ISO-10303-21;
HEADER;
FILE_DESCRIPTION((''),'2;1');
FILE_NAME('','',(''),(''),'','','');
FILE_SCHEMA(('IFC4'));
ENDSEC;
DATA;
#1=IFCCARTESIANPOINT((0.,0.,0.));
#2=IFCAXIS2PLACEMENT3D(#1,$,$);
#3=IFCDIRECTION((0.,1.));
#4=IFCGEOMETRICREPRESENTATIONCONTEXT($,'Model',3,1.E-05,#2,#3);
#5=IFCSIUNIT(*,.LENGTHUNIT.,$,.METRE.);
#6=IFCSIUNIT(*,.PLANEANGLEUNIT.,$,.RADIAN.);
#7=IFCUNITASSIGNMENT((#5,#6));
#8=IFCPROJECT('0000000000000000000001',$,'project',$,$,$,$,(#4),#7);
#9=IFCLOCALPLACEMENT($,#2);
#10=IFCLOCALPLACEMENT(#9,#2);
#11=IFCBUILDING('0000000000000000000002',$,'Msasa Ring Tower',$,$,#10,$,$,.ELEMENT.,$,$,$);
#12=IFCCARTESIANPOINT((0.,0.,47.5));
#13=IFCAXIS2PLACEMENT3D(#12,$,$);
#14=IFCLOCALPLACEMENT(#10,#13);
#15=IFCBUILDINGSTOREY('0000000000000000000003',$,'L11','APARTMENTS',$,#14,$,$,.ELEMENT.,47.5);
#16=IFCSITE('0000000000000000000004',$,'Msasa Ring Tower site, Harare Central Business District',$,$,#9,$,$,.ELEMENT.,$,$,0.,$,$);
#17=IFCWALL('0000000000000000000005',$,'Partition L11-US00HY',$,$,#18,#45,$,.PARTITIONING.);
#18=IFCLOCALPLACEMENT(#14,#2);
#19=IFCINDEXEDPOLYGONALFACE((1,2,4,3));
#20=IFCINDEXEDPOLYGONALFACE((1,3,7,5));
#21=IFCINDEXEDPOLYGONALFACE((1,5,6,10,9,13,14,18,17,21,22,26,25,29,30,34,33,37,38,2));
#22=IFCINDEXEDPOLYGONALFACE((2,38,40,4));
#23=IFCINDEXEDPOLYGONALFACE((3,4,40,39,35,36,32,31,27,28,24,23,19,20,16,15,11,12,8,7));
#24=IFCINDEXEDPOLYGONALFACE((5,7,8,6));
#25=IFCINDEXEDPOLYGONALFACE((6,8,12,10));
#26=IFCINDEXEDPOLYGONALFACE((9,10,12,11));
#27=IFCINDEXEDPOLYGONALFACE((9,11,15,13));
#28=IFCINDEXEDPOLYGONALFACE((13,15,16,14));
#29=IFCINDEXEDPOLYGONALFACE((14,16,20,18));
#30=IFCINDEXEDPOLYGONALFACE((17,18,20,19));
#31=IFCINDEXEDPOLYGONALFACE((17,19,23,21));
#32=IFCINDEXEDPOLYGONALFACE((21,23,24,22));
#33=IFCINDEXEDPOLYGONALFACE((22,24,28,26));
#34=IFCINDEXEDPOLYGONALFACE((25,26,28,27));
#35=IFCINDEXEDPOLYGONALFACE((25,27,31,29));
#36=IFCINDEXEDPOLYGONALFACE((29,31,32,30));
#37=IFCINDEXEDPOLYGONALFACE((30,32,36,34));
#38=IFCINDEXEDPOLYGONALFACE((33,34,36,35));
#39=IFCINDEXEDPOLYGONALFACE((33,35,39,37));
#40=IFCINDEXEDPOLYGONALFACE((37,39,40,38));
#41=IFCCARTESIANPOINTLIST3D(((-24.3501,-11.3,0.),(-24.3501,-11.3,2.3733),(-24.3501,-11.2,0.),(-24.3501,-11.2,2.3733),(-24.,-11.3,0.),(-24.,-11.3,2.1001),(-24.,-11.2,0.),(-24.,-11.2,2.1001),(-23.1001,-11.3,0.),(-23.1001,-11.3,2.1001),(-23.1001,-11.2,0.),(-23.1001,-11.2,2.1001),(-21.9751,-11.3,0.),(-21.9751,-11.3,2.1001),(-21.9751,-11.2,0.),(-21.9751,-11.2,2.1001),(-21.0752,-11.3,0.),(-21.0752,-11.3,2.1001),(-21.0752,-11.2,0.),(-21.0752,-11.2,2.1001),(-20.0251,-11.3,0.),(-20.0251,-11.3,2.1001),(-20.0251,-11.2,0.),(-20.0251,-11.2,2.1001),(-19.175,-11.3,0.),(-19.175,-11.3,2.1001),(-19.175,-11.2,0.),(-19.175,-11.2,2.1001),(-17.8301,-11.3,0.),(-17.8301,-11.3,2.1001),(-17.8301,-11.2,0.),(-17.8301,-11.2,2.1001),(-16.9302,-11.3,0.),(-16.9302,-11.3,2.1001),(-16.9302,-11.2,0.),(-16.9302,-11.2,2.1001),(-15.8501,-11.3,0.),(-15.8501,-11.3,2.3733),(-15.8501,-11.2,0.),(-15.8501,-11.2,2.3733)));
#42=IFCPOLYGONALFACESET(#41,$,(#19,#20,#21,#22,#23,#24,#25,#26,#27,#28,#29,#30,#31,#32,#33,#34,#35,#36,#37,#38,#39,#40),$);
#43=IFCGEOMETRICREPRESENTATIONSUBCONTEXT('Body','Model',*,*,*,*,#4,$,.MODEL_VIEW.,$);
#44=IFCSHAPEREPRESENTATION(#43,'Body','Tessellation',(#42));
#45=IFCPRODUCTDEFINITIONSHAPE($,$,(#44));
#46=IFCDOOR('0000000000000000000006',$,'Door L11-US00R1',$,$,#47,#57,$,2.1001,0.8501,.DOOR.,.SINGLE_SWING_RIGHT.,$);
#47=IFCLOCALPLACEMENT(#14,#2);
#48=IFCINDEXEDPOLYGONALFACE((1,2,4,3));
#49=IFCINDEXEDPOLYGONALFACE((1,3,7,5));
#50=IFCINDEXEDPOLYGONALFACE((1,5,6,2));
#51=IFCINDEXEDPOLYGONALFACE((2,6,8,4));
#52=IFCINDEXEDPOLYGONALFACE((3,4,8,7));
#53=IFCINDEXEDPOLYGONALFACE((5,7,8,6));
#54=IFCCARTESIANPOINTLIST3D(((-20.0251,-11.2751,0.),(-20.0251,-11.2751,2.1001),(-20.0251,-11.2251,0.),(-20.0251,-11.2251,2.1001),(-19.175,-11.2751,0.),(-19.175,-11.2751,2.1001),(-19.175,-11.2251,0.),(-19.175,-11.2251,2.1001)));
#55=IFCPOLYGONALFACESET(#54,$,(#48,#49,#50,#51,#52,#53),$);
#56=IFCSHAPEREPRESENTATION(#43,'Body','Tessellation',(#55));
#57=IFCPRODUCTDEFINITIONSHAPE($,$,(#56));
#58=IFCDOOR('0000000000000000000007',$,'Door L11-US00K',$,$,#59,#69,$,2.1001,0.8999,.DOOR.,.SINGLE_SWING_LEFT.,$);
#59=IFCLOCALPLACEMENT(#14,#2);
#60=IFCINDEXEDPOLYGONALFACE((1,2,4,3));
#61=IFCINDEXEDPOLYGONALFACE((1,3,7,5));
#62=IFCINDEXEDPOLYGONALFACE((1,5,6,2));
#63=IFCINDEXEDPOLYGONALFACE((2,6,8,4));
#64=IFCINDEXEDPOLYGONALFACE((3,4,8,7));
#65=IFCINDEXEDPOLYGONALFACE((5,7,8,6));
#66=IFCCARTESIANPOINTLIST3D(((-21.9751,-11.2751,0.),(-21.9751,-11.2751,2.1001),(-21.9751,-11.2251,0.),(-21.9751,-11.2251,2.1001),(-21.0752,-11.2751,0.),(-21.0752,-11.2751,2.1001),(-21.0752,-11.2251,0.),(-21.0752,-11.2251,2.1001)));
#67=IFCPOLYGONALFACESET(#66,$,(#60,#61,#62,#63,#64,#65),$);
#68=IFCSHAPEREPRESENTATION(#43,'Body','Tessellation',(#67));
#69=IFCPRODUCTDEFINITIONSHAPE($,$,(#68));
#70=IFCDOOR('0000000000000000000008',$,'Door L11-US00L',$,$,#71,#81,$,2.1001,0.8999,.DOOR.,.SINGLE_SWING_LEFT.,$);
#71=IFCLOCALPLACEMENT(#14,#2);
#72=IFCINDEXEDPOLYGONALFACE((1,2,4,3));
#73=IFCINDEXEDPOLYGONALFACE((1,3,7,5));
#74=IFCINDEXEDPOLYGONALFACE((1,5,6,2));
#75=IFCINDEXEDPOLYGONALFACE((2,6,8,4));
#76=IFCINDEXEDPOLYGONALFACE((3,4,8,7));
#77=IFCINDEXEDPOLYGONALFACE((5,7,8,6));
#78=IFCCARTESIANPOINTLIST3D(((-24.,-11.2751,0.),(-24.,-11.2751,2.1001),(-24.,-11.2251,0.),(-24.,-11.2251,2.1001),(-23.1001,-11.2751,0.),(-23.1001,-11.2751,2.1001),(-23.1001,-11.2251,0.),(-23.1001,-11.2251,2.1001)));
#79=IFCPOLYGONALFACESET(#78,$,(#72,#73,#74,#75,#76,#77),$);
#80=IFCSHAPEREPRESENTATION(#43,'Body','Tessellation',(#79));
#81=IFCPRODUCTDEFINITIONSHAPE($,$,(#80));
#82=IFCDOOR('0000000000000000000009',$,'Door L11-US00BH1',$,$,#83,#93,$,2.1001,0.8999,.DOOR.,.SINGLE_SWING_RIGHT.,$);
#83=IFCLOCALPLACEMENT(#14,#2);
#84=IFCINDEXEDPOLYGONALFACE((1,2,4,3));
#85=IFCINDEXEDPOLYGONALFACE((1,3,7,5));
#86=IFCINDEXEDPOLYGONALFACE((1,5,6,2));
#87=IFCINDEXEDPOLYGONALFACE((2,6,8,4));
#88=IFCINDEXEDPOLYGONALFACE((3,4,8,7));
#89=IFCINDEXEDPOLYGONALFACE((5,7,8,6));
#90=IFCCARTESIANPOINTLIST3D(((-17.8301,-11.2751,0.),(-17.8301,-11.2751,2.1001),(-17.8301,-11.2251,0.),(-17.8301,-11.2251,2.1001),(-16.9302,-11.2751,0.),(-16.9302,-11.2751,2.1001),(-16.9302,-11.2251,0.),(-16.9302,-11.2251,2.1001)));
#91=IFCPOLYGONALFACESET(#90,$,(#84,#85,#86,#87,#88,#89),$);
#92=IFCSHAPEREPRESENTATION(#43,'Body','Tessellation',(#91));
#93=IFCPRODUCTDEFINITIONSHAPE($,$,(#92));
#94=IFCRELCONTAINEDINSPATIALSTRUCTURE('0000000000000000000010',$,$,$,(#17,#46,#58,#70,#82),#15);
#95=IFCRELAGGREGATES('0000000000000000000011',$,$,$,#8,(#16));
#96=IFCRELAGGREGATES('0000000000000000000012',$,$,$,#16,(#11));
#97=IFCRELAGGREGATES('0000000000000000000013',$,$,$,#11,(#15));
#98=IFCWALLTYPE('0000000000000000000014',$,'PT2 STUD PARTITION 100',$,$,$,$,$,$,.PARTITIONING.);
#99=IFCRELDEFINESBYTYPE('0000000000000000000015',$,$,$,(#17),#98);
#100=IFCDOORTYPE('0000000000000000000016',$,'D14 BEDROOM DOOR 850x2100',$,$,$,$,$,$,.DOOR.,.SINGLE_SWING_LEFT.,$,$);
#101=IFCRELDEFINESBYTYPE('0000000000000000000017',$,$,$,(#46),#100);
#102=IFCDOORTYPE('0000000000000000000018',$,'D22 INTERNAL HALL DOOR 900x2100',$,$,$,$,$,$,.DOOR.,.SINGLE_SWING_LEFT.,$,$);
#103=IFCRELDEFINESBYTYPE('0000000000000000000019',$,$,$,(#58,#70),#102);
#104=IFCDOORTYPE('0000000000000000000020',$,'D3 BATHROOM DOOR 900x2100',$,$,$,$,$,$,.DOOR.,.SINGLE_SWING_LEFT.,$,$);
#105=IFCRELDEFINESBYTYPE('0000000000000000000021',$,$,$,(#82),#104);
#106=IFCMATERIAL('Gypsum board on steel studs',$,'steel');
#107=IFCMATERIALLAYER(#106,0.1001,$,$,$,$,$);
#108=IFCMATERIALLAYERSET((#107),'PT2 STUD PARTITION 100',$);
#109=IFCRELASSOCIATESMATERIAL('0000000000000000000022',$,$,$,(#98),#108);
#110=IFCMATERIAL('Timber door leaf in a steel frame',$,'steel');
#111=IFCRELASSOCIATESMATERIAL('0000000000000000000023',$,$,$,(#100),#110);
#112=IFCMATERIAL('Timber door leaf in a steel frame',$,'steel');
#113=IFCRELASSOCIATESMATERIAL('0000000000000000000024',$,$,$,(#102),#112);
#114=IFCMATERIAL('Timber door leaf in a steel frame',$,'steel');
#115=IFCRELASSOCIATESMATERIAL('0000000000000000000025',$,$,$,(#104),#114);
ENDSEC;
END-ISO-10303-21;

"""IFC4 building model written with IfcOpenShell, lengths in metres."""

from ifc_helpers import new_model, si_unit, direction, frame, frame_2d, origin, place, context, subcontext, project, spatial, rectangle, extrude, material, layer, layer_set, type_object, element, fill, save


model = new_model("IFC4")

# Units and contexts
model_context = context("Model", 3, precision=1e-05, world=origin(), true_north=direction((0.0, 1.0)))
body_context = subcontext(model_context, "Body", "Model", "MODEL_VIEW")
ifc_project = project(units=[si_unit("LENGTHUNIT", "METRE"), si_unit("PLANEANGLEUNIT", "RADIAN")], contexts=[model_context])

# Site, building, storey
site_placement = place(None, origin())
site = spatial("IfcSite", under=ifc_project, at=site_placement, Name="Msasa Ring Tower site, Harare Central Business District", CompositionType="ELEMENT", RefElevation=0.0)
building_placement = place(site_placement, origin())
building = spatial("IfcBuilding", under=site, at=building_placement, Name="Msasa Ring Tower", CompositionType="ELEMENT")
storey_placement = place(building_placement, frame((0.0, 0.0, 47.5)))
storey = spatial("IfcBuildingStorey", under=building, at=storey_placement, Name="L11", Description="APARTMENTS", CompositionType="ELEMENT", Elevation=47.5)

# Wall, openings, doors
ifc_material_1 = material(Name="Gypsum board on steel studs", Category="steel")
ifc_layer_1 = layer(ifc_material_1, 0.1001)
ifc_layer_set_1 = layer_set([ifc_layer_1], Name="PT2 STUD PARTITION 100")
wall_type_1 = type_object("IfcWallType", Name="PT2 STUD PARTITION 100", PredefinedType="PARTITIONING", material=ifc_layer_set_1)
wall_1_placement = place(storey_placement, frame((-24.3501, -11.25, 0.0), z_axis=(0.0, 0.0, 1.0), x_axis=(1.0, 0.0, 0.0)))
wall_1 = element("IfcWall", 1, at=wall_1_placement, inside=storey, type_object=wall_type_1, Name="Partition L11-US00HY", PredefinedType="PARTITIONING", context=body_context, shape_type="SweptSolid", body=[
    extrude(rectangle(XDim=8.5, YDim=0.1001, at=frame_2d((4.25, 0.0))), origin(), (0.0, 0.0, 1.0), 2.3733),
])
opening_1_placement = place(wall_1_placement, frame((2.375, 0.0, 0.0)))
opening_1 = element("IfcOpeningElement", 2, at=opening_1_placement, cuts=wall_1, PredefinedType="OPENING", context=body_context, shape_type="SweptSolid", body=[
    extrude(rectangle(XDim=0.8999, YDim=2.1001, at=frame_2d((0.45, 1.05))), frame((0.0, 0.0601, 0.0), z_axis=(0.0, -1.0, 0.0), x_axis=(1.0, 0.0, 0.0)), (0.0, 0.0, 1.0), 0.1201),
])
opening_2_placement = place(wall_1_placement, frame((0.3501, 0.0, 0.0)))
opening_2 = element("IfcOpeningElement", 3, at=opening_2_placement, cuts=wall_1, PredefinedType="OPENING", context=body_context, shape_type="SweptSolid", body=[
    extrude(rectangle(XDim=0.8999, YDim=2.1001, at=frame_2d((0.45, 1.05))), frame((0.0, 0.0601, 0.0), z_axis=(0.0, -1.0, 0.0), x_axis=(1.0, 0.0, 0.0)), (0.0, 0.0, 1.0), 0.1201),
])
opening_3_placement = place(wall_1_placement, frame((4.325, 0.0, 0.0)))
opening_3 = element("IfcOpeningElement", 4, at=opening_3_placement, cuts=wall_1, PredefinedType="OPENING", context=body_context, shape_type="SweptSolid", body=[
    extrude(rectangle(XDim=0.8501, YDim=2.1001, at=frame_2d((0.425, 1.05))), frame((0.0, 0.0601, 0.0), z_axis=(0.0, -1.0, 0.0), x_axis=(1.0, 0.0, 0.0)), (0.0, 0.0, 1.0), 0.1201),
])
opening_4_placement = place(wall_1_placement, frame((6.52, 0.0, 0.0)))
opening_4 = element("IfcOpeningElement", 5, at=opening_4_placement, cuts=wall_1, PredefinedType="OPENING", context=body_context, shape_type="SweptSolid", body=[
    extrude(rectangle(XDim=0.8999, YDim=2.1001, at=frame_2d((0.45, 1.05))), frame((0.0, 0.0601, 0.0), z_axis=(0.0, -1.0, 0.0), x_axis=(1.0, 0.0, 0.0)), (0.0, 0.0, 1.0), 0.1201),
])
ifc_material_2 = material(Name="Timber door leaf in a steel frame", Category="steel")
door_type_1 = type_object("IfcDoorType", Name="D14 BEDROOM DOOR 850x2100", OperationType="SINGLE_SWING_LEFT", PredefinedType="DOOR", material=ifc_material_2)
door_1_placement = place(opening_3_placement, origin())
door_1 = element("IfcDoor", 6, at=door_1_placement, inside=storey, type_object=door_type_1, Name="Door L11-US00R1", OperationType="SINGLE_SWING_RIGHT", OverallHeight=2.1001, OverallWidth=0.8501, PredefinedType="DOOR", context=body_context, shape_type="SweptSolid", body=[
    extrude(rectangle(XDim=0.8501, YDim=2.1001, at=frame_2d((0.425, 1.05))), frame((0.0, 0.0249, 0.0), z_axis=(0.0, -1.0, 0.0), x_axis=(1.0, 0.0, 0.0)), (0.0, 0.0, 1.0), 0.05),
])
fill(opening_3, door_1)
ifc_material_3 = material(Name="Timber door leaf in a steel frame", Category="steel")
door_type_2 = type_object("IfcDoorType", Name="D22 INTERNAL HALL DOOR 900x2100", OperationType="SINGLE_SWING_LEFT", PredefinedType="DOOR", material=ifc_material_3)
door_2_placement = place(opening_1_placement, origin())
door_2 = element("IfcDoor", 7, at=door_2_placement, inside=storey, type_object=door_type_2, Name="Door L11-US00K", OperationType="SINGLE_SWING_LEFT", OverallHeight=2.1001, OverallWidth=0.8999, PredefinedType="DOOR", context=body_context, shape_type="SweptSolid", body=[
    extrude(rectangle(XDim=0.8999, YDim=2.1001, at=frame_2d((0.45, 1.05))), frame((0.0, 0.0249, 0.0), z_axis=(0.0, -1.0, 0.0), x_axis=(1.0, 0.0, 0.0)), (0.0, 0.0, 1.0), 0.05),
])
fill(opening_1, door_2)
door_3_placement = place(opening_2_placement, origin())
door_3 = element("IfcDoor", 8, at=door_3_placement, inside=storey, type_object=door_type_2, Name="Door L11-US00L", OperationType="SINGLE_SWING_LEFT", OverallHeight=2.1001, OverallWidth=0.8999, PredefinedType="DOOR", context=body_context, shape_type="SweptSolid", body=[
    extrude(rectangle(XDim=0.8999, YDim=2.1001, at=frame_2d((0.45, 1.05))), frame((0.0, 0.0249, 0.0), z_axis=(0.0, -1.0, 0.0), x_axis=(1.0, 0.0, 0.0)), (0.0, 0.0, 1.0), 0.05),
])
fill(opening_2, door_3)
ifc_material_4 = material(Name="Timber door leaf in a steel frame", Category="steel")
door_type_3 = type_object("IfcDoorType", Name="D3 BATHROOM DOOR 900x2100", OperationType="SINGLE_SWING_LEFT", PredefinedType="DOOR", material=ifc_material_4)
door_4_placement = place(opening_4_placement, origin())
door_4 = element("IfcDoor", 9, at=door_4_placement, inside=storey, type_object=door_type_3, Name="Door L11-US00BH1", OperationType="SINGLE_SWING_RIGHT", OverallHeight=2.1001, OverallWidth=0.8999, PredefinedType="DOOR", context=body_context, shape_type="SweptSolid", body=[
    extrude(rectangle(XDim=0.8999, YDim=2.1001, at=frame_2d((0.45, 1.05))), frame((0.0, 0.0249, 0.0), z_axis=(0.0, -1.0, 0.0), x_axis=(1.0, 0.0, 0.0)), (0.0, 0.0, 1.0), 0.05),
])
fill(opening_4, door_4)

save(model, "model.ifc")
